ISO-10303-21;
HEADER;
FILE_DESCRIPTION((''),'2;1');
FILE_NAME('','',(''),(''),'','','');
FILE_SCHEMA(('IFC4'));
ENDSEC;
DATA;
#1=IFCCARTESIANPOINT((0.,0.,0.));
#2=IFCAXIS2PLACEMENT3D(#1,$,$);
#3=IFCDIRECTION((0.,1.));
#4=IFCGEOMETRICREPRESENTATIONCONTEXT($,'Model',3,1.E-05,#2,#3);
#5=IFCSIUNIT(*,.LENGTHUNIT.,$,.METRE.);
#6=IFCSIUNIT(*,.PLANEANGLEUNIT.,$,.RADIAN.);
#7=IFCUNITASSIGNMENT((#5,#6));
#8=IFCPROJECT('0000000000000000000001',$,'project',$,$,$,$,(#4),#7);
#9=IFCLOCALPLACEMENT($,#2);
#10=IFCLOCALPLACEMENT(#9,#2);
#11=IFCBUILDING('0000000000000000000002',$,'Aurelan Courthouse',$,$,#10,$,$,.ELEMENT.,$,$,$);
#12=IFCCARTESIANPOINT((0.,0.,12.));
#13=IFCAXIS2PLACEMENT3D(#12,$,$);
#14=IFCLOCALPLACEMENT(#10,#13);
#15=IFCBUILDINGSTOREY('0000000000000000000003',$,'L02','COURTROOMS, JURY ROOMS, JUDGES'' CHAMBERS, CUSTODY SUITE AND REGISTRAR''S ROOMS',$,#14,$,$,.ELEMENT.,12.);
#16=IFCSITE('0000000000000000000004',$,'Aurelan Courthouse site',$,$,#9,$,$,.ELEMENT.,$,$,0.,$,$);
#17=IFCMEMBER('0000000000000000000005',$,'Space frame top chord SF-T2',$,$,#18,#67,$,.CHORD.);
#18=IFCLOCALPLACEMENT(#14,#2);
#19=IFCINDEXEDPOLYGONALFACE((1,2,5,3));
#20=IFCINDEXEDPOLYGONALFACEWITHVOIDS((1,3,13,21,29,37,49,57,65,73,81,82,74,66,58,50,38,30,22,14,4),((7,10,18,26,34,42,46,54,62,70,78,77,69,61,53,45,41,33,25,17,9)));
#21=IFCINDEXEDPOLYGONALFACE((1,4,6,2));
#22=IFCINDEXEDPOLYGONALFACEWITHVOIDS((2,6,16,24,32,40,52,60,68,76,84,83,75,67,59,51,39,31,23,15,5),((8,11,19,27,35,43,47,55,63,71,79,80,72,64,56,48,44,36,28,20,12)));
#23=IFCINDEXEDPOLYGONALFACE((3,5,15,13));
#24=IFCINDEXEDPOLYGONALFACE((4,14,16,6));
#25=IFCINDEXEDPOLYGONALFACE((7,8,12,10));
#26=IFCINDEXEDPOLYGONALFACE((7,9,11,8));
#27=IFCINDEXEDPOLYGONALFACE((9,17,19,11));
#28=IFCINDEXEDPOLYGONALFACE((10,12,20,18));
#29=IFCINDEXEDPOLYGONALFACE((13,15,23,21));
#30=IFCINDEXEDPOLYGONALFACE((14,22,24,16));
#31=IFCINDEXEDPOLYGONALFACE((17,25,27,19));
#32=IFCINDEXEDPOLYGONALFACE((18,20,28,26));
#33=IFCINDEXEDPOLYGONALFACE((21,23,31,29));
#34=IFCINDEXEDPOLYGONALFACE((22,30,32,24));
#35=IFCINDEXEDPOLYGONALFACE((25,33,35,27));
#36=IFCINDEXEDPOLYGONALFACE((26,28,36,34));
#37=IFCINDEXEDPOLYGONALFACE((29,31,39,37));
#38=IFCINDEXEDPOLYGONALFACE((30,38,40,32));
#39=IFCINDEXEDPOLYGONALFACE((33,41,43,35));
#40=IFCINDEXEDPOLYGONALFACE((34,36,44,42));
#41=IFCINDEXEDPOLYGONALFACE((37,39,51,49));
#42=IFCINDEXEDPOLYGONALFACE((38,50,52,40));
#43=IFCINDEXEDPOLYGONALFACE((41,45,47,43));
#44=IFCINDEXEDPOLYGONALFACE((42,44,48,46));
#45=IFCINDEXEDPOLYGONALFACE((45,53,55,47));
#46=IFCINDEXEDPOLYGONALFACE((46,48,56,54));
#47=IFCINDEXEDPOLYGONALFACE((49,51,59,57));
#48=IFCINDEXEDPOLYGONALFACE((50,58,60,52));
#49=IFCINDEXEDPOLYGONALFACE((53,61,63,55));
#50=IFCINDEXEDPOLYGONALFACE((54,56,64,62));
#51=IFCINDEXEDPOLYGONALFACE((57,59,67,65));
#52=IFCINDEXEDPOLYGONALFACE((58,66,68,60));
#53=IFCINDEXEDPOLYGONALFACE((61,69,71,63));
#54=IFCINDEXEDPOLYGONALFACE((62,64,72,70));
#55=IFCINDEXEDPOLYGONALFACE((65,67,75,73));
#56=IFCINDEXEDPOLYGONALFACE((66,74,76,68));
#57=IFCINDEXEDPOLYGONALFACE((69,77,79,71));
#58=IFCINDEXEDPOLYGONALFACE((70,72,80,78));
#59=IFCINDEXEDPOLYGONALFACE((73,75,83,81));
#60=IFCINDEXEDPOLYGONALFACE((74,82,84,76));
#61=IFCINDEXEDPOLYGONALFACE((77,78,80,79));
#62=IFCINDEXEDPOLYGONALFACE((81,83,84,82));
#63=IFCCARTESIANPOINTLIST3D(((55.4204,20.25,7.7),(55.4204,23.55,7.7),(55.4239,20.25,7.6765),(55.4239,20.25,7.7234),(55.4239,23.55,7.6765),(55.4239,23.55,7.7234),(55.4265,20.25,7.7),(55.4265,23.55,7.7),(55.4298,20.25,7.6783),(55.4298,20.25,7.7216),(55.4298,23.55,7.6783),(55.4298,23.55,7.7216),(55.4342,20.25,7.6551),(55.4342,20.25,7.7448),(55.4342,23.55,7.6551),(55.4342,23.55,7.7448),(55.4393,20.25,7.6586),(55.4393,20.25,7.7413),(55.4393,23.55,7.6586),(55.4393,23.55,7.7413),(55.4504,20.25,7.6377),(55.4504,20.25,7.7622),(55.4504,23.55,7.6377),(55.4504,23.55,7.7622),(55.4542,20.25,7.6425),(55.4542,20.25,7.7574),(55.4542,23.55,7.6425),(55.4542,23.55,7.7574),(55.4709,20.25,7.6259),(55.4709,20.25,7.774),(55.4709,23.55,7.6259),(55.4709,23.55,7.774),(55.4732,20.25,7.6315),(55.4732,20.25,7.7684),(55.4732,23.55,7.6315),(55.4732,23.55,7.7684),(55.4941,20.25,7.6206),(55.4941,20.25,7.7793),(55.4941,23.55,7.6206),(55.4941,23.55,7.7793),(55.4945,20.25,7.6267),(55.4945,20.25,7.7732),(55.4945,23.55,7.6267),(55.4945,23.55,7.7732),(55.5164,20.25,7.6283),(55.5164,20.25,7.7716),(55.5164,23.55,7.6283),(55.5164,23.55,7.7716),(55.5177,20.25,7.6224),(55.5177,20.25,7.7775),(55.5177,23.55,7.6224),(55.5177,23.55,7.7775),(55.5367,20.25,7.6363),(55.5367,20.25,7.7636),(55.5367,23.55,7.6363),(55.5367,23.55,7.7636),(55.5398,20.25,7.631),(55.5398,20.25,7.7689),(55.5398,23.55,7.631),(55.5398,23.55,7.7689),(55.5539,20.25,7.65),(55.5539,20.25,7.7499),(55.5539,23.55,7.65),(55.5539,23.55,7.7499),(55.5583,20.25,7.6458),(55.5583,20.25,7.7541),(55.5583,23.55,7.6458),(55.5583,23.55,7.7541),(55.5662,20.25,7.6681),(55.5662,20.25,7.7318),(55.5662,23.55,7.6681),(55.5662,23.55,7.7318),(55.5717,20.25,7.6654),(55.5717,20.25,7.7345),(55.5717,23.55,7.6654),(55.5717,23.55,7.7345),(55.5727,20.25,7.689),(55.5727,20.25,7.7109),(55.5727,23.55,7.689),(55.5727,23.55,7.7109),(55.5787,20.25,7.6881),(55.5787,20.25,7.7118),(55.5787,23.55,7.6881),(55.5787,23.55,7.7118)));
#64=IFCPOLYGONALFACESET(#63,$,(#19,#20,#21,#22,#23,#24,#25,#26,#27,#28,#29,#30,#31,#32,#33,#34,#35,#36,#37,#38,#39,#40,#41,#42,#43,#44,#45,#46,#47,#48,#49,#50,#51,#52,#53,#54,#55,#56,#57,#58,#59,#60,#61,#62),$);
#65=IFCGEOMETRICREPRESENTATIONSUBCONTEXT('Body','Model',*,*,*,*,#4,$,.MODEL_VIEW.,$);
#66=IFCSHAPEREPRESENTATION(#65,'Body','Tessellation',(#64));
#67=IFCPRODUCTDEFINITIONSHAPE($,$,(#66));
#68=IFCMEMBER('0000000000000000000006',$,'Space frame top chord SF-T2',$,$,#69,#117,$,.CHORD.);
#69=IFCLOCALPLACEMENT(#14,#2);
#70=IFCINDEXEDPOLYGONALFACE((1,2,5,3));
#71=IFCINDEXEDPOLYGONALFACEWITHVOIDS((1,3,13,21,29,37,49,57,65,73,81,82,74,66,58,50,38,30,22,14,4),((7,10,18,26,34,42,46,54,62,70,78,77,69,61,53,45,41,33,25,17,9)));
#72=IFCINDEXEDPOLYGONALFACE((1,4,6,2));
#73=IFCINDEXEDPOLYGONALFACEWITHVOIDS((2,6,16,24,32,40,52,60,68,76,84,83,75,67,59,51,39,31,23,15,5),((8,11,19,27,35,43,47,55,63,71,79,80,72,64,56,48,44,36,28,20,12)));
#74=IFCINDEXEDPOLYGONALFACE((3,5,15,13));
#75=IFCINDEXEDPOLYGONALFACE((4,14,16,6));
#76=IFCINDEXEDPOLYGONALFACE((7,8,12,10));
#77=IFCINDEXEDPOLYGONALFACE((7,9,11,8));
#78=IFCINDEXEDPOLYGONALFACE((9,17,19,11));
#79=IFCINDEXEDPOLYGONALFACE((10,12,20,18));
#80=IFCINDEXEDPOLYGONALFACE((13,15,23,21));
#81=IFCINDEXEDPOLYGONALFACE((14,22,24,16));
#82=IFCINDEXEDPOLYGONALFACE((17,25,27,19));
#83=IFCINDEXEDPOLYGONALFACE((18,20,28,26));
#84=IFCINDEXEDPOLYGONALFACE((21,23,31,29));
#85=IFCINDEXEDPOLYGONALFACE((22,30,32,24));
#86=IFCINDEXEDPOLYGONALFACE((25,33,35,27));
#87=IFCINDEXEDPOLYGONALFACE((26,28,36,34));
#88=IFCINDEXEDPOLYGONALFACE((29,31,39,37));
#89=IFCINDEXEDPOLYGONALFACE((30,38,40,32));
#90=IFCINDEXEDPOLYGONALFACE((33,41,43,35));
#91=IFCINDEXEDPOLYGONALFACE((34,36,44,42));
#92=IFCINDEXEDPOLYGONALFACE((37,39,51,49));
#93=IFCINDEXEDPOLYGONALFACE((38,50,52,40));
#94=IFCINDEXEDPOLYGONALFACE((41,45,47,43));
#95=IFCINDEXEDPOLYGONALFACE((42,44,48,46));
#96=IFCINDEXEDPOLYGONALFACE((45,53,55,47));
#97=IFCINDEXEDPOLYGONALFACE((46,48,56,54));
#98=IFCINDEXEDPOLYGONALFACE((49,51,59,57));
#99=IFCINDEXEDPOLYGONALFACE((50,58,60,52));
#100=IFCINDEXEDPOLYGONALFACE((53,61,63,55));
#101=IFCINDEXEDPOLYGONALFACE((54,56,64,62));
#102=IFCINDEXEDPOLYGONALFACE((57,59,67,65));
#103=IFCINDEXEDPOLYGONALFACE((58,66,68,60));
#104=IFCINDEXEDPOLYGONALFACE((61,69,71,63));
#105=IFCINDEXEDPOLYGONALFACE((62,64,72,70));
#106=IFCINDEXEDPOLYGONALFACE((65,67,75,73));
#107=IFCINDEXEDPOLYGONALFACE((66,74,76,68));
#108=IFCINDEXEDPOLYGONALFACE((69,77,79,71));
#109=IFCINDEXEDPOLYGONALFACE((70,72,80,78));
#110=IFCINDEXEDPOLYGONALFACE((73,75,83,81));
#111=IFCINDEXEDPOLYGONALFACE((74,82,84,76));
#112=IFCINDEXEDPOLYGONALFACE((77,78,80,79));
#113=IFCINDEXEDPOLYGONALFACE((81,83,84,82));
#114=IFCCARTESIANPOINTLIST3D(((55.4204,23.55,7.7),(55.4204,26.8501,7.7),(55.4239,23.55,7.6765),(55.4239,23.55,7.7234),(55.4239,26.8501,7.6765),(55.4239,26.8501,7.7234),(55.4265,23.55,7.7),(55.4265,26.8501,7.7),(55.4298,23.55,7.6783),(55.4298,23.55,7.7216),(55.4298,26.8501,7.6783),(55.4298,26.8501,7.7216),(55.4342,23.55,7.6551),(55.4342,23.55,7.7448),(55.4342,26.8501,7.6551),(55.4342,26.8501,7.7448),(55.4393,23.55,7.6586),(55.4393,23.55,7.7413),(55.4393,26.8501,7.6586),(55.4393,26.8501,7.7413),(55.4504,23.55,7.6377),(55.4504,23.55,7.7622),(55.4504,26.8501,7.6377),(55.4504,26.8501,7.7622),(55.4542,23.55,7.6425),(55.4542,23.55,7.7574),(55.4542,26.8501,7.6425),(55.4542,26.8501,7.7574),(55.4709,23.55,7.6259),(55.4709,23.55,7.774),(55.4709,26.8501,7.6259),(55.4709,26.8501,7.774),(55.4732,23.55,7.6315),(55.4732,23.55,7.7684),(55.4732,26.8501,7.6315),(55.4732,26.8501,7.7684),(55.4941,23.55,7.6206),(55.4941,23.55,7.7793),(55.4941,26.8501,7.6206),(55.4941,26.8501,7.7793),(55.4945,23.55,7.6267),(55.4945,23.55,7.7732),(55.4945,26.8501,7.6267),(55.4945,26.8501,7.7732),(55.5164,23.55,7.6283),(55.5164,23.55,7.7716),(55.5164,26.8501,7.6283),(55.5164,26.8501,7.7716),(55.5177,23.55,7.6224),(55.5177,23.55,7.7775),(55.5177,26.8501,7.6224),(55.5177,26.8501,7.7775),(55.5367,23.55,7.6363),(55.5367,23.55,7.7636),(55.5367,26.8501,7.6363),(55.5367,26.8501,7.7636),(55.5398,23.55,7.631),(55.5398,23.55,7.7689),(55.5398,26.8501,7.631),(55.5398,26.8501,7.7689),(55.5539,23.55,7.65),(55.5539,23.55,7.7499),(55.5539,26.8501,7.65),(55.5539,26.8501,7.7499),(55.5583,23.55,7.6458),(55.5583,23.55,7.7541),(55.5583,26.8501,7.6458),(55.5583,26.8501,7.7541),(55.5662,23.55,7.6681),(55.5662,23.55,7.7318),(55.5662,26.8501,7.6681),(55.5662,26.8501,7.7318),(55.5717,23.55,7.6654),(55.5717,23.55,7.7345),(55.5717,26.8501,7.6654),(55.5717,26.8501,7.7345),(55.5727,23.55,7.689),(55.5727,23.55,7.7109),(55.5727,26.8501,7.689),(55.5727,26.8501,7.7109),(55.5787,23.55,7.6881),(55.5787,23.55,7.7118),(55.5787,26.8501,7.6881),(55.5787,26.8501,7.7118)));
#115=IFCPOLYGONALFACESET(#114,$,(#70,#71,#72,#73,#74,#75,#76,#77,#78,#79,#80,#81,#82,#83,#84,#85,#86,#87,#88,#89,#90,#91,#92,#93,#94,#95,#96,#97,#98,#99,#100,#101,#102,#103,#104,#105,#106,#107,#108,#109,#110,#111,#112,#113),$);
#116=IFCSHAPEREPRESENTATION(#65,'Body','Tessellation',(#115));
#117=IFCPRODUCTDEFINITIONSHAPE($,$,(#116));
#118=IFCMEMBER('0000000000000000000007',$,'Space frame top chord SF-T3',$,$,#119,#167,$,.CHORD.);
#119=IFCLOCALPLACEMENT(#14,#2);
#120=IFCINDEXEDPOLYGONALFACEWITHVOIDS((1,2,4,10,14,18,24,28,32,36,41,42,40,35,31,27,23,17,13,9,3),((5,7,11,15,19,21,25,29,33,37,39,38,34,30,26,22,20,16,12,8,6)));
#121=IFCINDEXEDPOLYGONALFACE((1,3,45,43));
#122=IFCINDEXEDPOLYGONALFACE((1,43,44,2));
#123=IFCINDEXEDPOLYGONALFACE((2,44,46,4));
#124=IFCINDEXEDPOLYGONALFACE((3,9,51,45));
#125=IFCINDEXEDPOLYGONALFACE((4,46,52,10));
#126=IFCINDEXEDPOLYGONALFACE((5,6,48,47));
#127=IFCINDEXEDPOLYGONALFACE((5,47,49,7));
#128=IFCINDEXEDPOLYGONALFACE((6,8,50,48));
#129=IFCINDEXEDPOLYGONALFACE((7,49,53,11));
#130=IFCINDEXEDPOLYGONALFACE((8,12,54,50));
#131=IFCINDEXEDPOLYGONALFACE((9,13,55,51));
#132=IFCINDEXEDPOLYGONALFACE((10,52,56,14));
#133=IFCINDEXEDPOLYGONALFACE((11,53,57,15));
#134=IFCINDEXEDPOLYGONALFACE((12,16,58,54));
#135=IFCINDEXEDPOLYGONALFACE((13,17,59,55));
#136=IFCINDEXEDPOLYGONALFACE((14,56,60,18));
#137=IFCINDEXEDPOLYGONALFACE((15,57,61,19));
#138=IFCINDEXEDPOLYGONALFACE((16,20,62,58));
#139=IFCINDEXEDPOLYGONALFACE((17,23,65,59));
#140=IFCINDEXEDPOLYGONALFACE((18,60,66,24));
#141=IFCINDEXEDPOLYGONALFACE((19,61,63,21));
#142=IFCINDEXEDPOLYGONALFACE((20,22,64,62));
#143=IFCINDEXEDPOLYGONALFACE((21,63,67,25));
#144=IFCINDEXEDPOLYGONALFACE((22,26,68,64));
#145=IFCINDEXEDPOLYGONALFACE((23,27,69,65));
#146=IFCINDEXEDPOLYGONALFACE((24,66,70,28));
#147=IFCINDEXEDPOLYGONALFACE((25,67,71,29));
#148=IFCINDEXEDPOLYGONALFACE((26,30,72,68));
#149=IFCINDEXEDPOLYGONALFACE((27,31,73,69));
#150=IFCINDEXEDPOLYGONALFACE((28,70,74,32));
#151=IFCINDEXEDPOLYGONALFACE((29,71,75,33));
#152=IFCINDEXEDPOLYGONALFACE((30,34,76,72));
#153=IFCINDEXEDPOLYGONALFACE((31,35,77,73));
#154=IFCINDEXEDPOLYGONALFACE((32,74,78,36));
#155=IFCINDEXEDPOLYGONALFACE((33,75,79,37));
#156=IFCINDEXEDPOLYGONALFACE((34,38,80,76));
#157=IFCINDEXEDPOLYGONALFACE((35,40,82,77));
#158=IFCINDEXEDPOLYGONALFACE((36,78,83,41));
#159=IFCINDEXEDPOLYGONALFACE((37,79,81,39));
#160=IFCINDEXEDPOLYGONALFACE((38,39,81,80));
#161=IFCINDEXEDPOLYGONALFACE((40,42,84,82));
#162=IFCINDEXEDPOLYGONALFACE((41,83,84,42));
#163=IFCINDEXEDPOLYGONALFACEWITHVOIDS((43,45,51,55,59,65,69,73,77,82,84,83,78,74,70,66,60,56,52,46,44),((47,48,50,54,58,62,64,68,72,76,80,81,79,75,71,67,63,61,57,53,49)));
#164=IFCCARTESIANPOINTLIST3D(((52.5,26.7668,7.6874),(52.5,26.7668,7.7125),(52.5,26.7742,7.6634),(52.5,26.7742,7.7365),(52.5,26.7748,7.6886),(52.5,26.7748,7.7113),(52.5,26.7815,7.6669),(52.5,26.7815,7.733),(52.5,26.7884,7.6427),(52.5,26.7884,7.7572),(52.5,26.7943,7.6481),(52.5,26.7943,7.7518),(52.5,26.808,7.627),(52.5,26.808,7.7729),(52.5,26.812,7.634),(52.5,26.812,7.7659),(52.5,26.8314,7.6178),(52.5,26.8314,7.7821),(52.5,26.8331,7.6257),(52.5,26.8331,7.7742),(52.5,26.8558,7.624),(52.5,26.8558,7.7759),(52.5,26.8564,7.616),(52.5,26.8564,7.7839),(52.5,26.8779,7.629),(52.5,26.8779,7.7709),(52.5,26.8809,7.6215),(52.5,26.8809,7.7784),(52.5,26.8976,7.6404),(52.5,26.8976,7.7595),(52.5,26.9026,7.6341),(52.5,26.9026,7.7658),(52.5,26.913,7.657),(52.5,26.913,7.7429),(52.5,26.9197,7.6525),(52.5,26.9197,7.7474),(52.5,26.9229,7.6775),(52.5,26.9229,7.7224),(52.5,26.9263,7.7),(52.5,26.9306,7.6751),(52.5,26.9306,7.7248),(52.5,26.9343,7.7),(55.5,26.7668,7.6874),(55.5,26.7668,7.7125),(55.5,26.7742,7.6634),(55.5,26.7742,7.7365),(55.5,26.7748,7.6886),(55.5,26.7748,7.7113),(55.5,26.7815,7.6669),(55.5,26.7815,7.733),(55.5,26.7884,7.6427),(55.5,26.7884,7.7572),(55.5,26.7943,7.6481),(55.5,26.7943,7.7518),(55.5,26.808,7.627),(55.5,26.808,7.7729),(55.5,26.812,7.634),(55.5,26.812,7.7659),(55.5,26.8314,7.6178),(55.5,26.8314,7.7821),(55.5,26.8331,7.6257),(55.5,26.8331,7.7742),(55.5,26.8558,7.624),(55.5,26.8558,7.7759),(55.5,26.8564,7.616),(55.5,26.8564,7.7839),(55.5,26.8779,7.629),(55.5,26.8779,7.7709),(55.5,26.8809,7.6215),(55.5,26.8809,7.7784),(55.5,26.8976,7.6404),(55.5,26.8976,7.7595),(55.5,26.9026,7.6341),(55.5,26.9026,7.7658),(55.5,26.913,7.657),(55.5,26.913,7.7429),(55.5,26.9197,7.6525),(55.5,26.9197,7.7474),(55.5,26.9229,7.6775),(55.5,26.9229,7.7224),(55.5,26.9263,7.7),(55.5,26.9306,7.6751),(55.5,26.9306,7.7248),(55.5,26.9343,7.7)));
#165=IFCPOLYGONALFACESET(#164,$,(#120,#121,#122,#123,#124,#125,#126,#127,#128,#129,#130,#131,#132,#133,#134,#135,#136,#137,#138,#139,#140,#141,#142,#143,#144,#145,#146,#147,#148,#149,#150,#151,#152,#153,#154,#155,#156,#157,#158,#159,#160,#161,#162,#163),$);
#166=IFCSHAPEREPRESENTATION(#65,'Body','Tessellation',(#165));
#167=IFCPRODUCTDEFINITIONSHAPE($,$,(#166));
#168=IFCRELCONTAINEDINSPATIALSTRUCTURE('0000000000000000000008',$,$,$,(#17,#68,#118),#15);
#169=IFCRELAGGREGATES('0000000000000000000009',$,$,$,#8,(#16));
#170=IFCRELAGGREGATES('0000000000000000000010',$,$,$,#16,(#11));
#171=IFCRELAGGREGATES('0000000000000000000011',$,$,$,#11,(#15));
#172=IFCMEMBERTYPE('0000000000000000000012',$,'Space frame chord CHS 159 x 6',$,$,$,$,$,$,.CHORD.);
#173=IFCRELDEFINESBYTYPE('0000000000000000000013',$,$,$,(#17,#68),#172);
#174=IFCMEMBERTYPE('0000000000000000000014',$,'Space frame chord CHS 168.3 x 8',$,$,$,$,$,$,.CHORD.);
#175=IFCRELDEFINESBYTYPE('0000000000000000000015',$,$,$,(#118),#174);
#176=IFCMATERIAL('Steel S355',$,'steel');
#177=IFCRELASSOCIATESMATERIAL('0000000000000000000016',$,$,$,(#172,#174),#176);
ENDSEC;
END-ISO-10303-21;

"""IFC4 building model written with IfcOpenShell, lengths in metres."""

from ifc_helpers import new_model, si_unit, direction, frame, origin, origin_2d, place, context, subcontext, project, spatial, hollow_circle, extrude, material, material_profile, profile_set, type_object, element, save


model = new_model("IFC4")

# Units and contexts
model_context = context("Model", 3, precision=1e-05, world=origin(), true_north=direction((0.0, 1.0)))
body_context = subcontext(model_context, "Body", "Model", "MODEL_VIEW")
ifc_project = project(units=[si_unit("LENGTHUNIT", "METRE"), si_unit("PLANEANGLEUNIT", "RADIAN")], contexts=[model_context])

# Site, building, storey
site_placement = place(None, origin())
site = spatial("IfcSite", under=ifc_project, at=site_placement, Name="Aurelan Courthouse site", CompositionType="ELEMENT", RefElevation=0.0)
building_placement = place(site_placement, origin())
building = spatial("IfcBuilding", under=site, at=building_placement, Name="Aurelan Courthouse", CompositionType="ELEMENT")
storey_placement = place(building_placement, frame((0.0, 0.0, 12.0)))
storey = spatial("IfcBuildingStorey", under=building, at=storey_placement, Name="L02", Description="COURTROOMS, JURY ROOMS, JUDGES' CHAMBERS, CUSTODY SUITE AND REGISTRAR'S ROOMS", CompositionType="ELEMENT", Elevation=12.0)

# Members
ifc_material_1 = material(Name="Steel S355", Category="steel")
ifc_material_profile_1 = material_profile(ifc_material_1, hollow_circle(Radius=0.0796, WallThickness=0.0061, at=origin_2d()), Name="CHS 159 x 6")
ifc_profile_set_1 = profile_set([ifc_material_profile_1], Name="Steel S355")
member_type_1 = type_object("IfcMemberType", Name="Space frame chord CHS 159 x 6", PredefinedType="CHORD", material=ifc_profile_set_1)
for number, where, z_axis, x_axis, name in (
    (1, (55.5, 20.25, 7.7), (0.0, 1.0, 0.0), (-1.0, 0.0, 0.0), "Space frame top chord SF-T2"),
    (2, (55.5, 23.55, 7.7), (0.0, 1.0, 0.0), (-1.0, 0.0, 0.0), "Space frame top chord SF-T2"),
):
    element("IfcMember", number, at=place(storey_placement, frame(where, z_axis=z_axis, x_axis=x_axis)), inside=storey, type_object=member_type_1, Name=name, PredefinedType="CHORD", context=body_context, shape_type="SweptSolid", body=[
        extrude(hollow_circle(Radius=0.0796, WallThickness=0.0061, at=origin_2d()), origin(), (0.0, 0.0, 1.0), 3.3),
    ])
ifc_material_profile_2 = material_profile(ifc_material_1, hollow_circle(Radius=0.0842, WallThickness=0.0081, at=origin_2d()), Name="CHS 168.3 x 8")
ifc_profile_set_2 = profile_set([ifc_material_profile_2], Name="Steel S355")
member_type_2 = type_object("IfcMemberType", Name="Space frame chord CHS 168.3 x 8", PredefinedType="CHORD", material=ifc_profile_set_2)
for number, where, z_axis, x_axis, name in (
    (3, (52.5, 26.8501, 7.7), (1.0, 0.0, 0.0), (0.0, 1.0, 0.0), "Space frame top chord SF-T3"),
):
    element("IfcMember", number, at=place(storey_placement, frame(where, z_axis=z_axis, x_axis=x_axis)), inside=storey, type_object=member_type_2, Name=name, PredefinedType="CHORD", context=body_context, shape_type="SweptSolid", body=[
        extrude(hollow_circle(Radius=0.0842, WallThickness=0.0081, at=origin_2d()), origin(), (0.0, 0.0, 1.0), 3.0),
    ])

save(model, "model.ifc")
